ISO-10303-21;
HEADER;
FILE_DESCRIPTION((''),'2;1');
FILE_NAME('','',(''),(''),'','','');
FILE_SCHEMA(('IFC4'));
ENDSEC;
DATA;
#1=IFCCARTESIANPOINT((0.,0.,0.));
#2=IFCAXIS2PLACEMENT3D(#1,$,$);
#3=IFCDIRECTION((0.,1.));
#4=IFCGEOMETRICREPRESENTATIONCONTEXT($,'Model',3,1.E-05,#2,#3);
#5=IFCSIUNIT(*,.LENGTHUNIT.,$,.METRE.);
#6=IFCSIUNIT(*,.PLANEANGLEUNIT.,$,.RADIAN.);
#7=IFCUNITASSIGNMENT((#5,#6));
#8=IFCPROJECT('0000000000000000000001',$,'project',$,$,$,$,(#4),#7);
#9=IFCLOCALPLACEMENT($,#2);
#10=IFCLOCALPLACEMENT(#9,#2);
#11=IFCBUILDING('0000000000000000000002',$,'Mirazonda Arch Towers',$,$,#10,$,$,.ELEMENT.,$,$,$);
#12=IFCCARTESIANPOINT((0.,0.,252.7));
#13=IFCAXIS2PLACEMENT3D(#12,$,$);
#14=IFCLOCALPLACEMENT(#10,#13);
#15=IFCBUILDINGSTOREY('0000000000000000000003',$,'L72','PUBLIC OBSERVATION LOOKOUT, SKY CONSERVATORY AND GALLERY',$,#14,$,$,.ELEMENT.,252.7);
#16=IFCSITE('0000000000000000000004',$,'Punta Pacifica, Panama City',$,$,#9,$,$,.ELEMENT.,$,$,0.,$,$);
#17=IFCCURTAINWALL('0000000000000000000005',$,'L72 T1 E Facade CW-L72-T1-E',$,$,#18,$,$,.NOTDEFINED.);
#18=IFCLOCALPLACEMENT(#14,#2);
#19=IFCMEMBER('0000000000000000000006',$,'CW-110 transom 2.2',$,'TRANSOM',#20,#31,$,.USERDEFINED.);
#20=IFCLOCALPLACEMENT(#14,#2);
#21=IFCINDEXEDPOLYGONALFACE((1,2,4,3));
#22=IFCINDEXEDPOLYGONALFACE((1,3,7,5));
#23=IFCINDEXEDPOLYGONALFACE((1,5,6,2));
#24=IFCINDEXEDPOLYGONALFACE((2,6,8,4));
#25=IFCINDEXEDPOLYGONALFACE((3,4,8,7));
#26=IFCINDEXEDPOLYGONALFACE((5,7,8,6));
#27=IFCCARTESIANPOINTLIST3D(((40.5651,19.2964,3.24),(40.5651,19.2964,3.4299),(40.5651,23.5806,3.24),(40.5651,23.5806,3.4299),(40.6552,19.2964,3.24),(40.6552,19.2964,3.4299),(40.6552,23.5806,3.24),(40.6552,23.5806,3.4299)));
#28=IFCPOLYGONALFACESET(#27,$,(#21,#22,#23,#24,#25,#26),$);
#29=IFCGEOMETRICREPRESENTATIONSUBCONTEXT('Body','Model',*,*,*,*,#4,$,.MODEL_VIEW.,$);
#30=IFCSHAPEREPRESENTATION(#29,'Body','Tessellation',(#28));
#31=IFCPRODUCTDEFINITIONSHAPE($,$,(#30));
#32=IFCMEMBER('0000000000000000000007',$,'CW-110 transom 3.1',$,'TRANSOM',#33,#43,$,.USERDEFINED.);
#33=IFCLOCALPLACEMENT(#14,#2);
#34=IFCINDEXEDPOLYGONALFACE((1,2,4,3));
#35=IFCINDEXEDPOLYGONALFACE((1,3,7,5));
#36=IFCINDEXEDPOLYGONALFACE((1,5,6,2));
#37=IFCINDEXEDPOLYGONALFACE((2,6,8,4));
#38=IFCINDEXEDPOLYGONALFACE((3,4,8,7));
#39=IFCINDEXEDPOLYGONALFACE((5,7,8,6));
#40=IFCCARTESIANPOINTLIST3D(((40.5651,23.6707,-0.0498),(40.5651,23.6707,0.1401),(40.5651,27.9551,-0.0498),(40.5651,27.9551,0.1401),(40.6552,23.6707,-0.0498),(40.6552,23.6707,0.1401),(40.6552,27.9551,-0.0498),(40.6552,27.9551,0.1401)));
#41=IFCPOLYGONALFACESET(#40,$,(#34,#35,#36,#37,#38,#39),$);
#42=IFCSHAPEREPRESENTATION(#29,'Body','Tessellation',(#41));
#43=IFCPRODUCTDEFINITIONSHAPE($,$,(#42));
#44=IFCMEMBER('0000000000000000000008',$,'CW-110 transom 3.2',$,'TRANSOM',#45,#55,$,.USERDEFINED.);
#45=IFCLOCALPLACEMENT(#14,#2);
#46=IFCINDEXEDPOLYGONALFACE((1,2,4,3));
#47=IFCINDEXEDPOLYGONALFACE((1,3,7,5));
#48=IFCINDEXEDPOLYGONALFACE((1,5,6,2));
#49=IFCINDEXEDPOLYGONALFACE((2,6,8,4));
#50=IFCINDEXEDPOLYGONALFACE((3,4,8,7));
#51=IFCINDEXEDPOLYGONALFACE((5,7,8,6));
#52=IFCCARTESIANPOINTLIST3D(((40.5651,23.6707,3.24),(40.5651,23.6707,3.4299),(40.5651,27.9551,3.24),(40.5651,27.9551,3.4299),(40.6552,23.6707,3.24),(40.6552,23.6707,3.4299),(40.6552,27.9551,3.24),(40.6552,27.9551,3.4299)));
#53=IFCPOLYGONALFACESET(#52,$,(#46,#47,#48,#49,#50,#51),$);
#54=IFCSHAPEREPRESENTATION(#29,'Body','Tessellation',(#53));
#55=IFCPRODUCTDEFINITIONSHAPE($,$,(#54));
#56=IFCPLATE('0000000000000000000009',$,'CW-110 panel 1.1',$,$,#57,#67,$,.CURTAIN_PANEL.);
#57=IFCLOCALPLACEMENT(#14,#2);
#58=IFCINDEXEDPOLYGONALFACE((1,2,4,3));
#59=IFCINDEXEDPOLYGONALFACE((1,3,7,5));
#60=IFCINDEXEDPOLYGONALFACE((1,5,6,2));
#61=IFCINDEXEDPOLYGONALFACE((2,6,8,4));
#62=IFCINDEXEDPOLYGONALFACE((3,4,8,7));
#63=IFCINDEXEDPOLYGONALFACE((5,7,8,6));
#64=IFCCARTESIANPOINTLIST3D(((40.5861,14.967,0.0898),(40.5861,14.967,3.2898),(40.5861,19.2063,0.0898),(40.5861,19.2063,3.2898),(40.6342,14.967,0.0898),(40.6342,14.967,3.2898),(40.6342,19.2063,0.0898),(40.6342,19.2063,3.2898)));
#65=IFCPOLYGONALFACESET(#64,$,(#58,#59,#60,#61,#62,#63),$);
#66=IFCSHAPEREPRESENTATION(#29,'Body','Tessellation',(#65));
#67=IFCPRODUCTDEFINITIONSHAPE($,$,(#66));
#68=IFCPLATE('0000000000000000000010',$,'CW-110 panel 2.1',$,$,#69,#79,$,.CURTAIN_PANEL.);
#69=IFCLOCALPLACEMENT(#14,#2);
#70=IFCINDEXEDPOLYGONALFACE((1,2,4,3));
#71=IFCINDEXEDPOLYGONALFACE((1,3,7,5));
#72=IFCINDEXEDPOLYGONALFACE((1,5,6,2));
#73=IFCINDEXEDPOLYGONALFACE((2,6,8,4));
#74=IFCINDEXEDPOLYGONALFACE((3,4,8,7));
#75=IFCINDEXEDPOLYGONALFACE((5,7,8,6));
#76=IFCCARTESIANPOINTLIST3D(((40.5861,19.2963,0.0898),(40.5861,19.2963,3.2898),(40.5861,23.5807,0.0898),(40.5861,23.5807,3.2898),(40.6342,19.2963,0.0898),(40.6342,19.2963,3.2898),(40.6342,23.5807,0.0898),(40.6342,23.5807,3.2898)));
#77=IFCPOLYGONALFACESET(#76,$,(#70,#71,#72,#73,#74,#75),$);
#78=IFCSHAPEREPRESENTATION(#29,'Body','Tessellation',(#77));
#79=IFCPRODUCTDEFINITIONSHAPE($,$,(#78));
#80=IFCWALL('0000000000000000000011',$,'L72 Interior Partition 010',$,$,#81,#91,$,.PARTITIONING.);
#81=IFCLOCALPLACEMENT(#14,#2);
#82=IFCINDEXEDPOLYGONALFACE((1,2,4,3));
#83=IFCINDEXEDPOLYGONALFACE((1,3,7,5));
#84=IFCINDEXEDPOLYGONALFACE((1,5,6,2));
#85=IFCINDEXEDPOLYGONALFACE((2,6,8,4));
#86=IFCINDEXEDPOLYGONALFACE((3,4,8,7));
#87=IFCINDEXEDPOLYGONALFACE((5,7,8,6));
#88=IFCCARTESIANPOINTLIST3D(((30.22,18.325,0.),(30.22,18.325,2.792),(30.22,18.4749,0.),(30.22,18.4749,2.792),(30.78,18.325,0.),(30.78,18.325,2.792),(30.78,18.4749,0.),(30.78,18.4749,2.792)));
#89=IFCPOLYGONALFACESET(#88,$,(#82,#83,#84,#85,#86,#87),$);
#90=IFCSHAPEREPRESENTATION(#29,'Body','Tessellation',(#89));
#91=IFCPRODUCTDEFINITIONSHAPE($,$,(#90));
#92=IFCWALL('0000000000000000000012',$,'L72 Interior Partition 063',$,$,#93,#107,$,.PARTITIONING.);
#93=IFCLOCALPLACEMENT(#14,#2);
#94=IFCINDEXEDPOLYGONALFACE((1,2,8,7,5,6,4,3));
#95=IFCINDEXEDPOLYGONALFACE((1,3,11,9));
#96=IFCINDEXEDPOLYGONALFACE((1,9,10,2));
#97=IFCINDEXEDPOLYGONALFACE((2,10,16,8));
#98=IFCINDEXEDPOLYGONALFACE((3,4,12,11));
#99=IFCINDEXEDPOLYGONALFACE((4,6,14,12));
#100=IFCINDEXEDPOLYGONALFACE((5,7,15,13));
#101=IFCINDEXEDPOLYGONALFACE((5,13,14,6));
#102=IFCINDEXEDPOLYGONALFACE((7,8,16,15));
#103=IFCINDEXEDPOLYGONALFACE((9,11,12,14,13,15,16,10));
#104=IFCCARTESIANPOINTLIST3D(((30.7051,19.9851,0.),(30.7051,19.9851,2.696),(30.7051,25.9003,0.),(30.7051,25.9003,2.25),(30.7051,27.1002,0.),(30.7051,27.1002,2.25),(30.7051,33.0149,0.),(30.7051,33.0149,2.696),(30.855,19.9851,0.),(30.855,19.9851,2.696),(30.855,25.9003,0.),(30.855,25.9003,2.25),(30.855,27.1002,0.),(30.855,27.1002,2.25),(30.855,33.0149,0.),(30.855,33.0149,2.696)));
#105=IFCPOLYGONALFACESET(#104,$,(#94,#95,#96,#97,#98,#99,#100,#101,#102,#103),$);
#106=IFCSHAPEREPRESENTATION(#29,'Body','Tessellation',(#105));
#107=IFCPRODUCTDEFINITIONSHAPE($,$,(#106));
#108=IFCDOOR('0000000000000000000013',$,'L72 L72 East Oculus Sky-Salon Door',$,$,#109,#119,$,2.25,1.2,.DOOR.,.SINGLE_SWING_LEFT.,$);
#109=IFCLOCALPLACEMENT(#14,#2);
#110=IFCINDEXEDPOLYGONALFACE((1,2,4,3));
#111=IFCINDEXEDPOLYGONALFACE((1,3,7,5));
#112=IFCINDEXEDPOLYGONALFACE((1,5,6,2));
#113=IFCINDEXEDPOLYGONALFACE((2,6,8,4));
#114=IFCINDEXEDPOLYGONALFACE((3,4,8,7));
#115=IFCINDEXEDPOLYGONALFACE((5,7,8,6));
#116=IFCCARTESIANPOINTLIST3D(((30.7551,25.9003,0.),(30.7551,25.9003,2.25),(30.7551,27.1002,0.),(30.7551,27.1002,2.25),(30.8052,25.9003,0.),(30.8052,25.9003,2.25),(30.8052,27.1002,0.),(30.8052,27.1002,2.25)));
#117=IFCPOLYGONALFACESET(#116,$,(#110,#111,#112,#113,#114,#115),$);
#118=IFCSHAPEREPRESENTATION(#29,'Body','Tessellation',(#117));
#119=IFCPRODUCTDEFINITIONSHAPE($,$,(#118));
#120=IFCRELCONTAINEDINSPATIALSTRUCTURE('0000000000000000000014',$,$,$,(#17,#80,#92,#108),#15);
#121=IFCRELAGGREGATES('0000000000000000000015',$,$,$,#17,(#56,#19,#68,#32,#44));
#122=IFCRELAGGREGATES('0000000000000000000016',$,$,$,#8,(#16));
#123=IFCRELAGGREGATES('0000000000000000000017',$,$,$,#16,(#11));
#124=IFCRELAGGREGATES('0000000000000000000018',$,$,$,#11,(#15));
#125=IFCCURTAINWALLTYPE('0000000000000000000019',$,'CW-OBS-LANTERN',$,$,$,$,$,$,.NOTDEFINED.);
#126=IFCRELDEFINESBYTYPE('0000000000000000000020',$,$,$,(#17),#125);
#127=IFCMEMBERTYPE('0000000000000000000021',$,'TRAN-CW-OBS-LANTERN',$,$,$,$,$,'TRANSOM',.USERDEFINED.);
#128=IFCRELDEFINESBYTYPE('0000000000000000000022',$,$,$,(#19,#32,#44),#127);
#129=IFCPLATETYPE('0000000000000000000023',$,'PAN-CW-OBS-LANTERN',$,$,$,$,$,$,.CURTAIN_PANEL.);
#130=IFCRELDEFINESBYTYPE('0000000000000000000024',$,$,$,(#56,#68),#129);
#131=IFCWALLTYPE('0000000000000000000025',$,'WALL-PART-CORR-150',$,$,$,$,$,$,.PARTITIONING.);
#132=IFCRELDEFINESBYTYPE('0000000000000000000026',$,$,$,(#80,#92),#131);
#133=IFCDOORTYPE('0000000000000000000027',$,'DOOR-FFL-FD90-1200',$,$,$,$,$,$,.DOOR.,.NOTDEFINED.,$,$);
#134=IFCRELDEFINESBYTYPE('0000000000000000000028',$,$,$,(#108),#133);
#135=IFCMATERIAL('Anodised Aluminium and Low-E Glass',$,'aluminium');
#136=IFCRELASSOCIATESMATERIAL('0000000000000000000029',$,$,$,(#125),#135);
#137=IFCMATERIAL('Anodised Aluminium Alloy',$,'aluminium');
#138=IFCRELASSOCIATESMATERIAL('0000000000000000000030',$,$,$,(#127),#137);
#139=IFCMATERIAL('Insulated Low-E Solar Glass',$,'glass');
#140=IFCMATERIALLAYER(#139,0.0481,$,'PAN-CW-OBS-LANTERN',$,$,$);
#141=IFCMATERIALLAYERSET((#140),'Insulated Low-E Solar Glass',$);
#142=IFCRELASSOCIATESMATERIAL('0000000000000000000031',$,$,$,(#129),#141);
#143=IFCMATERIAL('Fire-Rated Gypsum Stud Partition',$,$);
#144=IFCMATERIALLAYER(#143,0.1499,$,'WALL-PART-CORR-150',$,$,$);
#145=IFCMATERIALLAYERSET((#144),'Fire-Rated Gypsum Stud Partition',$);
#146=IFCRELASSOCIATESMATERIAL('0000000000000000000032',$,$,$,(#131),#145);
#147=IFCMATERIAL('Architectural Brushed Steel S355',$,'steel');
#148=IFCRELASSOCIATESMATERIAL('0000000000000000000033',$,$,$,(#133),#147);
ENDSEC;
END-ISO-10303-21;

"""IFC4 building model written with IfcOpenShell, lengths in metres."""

from ifc_helpers import new_model, si_unit, direction, frame, frame_2d, origin, origin_2d, place, context, subcontext, project, spatial, rectangle, extrude, material, layer, layer_set, material_profile, profile_set, type_object, element, fill, aggregate, save


model = new_model("IFC4")

# Units and contexts
model_context = context("Model", 3, precision=1e-05, world=origin(), true_north=direction((0.0, 1.0)))
body_context = subcontext(model_context, "Body", "Model", "MODEL_VIEW")
ifc_project = project(units=[si_unit("LENGTHUNIT", "METRE"), si_unit("PLANEANGLEUNIT", "RADIAN")], contexts=[model_context])

# Site, building, storey
site_placement = place(None, origin())
site = spatial("IfcSite", under=ifc_project, at=site_placement, Name="Punta Pacifica, Panama City", CompositionType="ELEMENT", RefElevation=0.0)
building_placement = place(site_placement, origin())
building = spatial("IfcBuilding", under=site, at=building_placement, Name="Mirazonda Arch Towers", CompositionType="ELEMENT")
storey_placement = place(building_placement, frame((0.0, 0.0, 252.7)))
storey = spatial("IfcBuildingStorey", under=building, at=storey_placement, Name="L72", Description="PUBLIC OBSERVATION LOOKOUT, SKY CONSERVATORY AND GALLERY", CompositionType="ELEMENT", Elevation=252.7)

# Curtain wall, members, plates
ifc_material_1 = material(Name="Anodised Aluminium and Low-E Glass", Category="aluminium")
curtain_wall_type = type_object("IfcCurtainWallType", Name="CW-OBS-LANTERN", PredefinedType="NOTDEFINED", material=ifc_material_1)
curtain_wall_placement = place(storey_placement, origin())
curtain_wall = element("IfcCurtainWall", 1, at=curtain_wall_placement, inside=storey, type_object=curtain_wall_type, Name="L72 T1 E Facade CW-L72-T1-E", PredefinedType="NOTDEFINED")
ifc_material_2 = material(Name="Anodised Aluminium Alloy", Category="aluminium")
ifc_material_profile_1 = material_profile(ifc_material_2, rectangle(XDim=0.0901, YDim=0.1899, at=origin_2d()), Name="ALU-TRAN-90x190")
ifc_profile_set_1 = profile_set([ifc_material_profile_1], Name="Anodised Aluminium Alloy")
member_type_1 = type_object("IfcMemberType", Name="TRAN-CW-OBS-LANTERN", ElementType="TRANSOM", PredefinedType="USERDEFINED", material=ifc_profile_set_1)
member_1_placement = place(storey_placement, frame((40.6101, 19.2964, 3.335), z_axis=(0.0, 1.0, 0.0), x_axis=(-1.0, 0.0, 0.0)))
member_1 = element("IfcMember", 2, at=member_1_placement, type_object=member_type_1, Name="CW-110 transom 2.2", ObjectType="TRANSOM", PredefinedType="USERDEFINED", context=body_context, shape_type="SweptSolid", body=[
    extrude(rectangle(XDim=0.0901, YDim=0.1899, at=origin_2d()), origin(), (0.0, 0.0, 1.0), 4.2842),
])
member_2_placement = place(storey_placement, frame((40.6101, 23.6707, 0.0452), z_axis=(0.0, 1.0, 0.0), x_axis=(-1.0, 0.0, 0.0)))
member_2 = element("IfcMember", 3, at=member_2_placement, type_object=member_type_1, Name="CW-110 transom 3.1", ObjectType="TRANSOM", PredefinedType="USERDEFINED", context=body_context, shape_type="SweptSolid", body=[
    extrude(rectangle(XDim=0.0901, YDim=0.1899, at=origin_2d()), origin(), (0.0, 0.0, 1.0), 4.2844),
])
member_3_placement = place(storey_placement, frame((40.6101, 23.6707, 3.335), z_axis=(0.0, 1.0, 0.0), x_axis=(-1.0, 0.0, 0.0)))
member_3 = element("IfcMember", 4, at=member_3_placement, type_object=member_type_1, Name="CW-110 transom 3.2", ObjectType="TRANSOM", PredefinedType="USERDEFINED", context=body_context, shape_type="SweptSolid", body=[
    extrude(rectangle(XDim=0.0901, YDim=0.1899, at=origin_2d()), origin(), (0.0, 0.0, 1.0), 4.2844),
])
ifc_material_3 = material(Name="Insulated Low-E Solar Glass", Category="glass")
ifc_layer_1 = layer(ifc_material_3, 0.0481, Name="PAN-CW-OBS-LANTERN")
ifc_layer_set_1 = layer_set([ifc_layer_1], Name="Insulated Low-E Solar Glass")
plate_type = type_object("IfcPlateType", Name="PAN-CW-OBS-LANTERN", PredefinedType="CURTAIN_PANEL", material=ifc_layer_set_1)
plate_1_placement = place(storey_placement, frame((40.6101, 17.0867, 0.0898), z_axis=(0.0, 0.0, 1.0), x_axis=(0.0, 1.0, 0.0)))
plate_1 = element("IfcPlate", 5, at=plate_1_placement, type_object=plate_type, Name="CW-110 panel 1.1", PredefinedType="CURTAIN_PANEL", context=body_context, shape_type="SweptSolid", body=[
    extrude(rectangle(XDim=4.2393, YDim=0.0481, at=origin_2d()), origin(), (0.0, 0.0, 1.0), 3.2),
])
plate_2_placement = place(storey_placement, frame((40.6101, 21.4385, 0.0898), z_axis=(0.0, 0.0, 1.0), x_axis=(0.0, 1.0, 0.0)))
plate_2 = element("IfcPlate", 6, at=plate_2_placement, type_object=plate_type, Name="CW-110 panel 2.1", PredefinedType="CURTAIN_PANEL", context=body_context, shape_type="SweptSolid", body=[
    extrude(rectangle(XDim=4.2844, YDim=0.0481, at=origin_2d()), origin(), (0.0, 0.0, 1.0), 3.2),
])
aggregate(curtain_wall, [plate_1, member_1, plate_2, member_2, member_3])

# Wall
ifc_material_4 = material(Name="Fire-Rated Gypsum Stud Partition")
ifc_layer_2 = layer(ifc_material_4, 0.1499, Name="WALL-PART-CORR-150")
ifc_layer_set_2 = layer_set([ifc_layer_2], Name="Fire-Rated Gypsum Stud Partition")
wall_type = type_object("IfcWallType", Name="WALL-PART-CORR-150", PredefinedType="PARTITIONING", material=ifc_layer_set_2)
wall_1_placement = place(storey_placement, frame((30.22, 18.3999, 0.0), z_axis=(0.0, 0.0, 1.0), x_axis=(1.0, 0.0, 0.0)))
element("IfcWall", 7, at=wall_1_placement, inside=storey, type_object=wall_type, Name="L72 Interior Partition 010", PredefinedType="PARTITIONING", context=body_context, shape_type="SweptSolid", body=[
    extrude(rectangle(XDim=0.5601, YDim=0.1499, at=frame_2d((0.28, 0.0))), origin(), (0.0, 0.0, 1.0), 2.792),
])

# Wall, opening, door
wall_2_placement = place(storey_placement, frame((30.78, 19.9851, 0.0), z_axis=(0.0, 0.0, 1.0), x_axis=(0.0, 1.0, 0.0)))
wall_2 = element("IfcWall", 8, at=wall_2_placement, inside=storey, type_object=wall_type, Name="L72 Interior Partition 063", PredefinedType="PARTITIONING", context=body_context, shape_type="SweptSolid", body=[
    extrude(rectangle(XDim=13.0298, YDim=0.1499, at=frame_2d((6.5149, 0.0))), origin(), (0.0, 0.0, 1.0), 2.696),
])
opening_placement = place(wall_2_placement, frame((5.915, 0.0, 0.0)))
opening = element("IfcOpeningElement", 9, at=opening_placement, cuts=wall_2, PredefinedType="OPENING", context=body_context, shape_type="SweptSolid", body=[
    extrude(rectangle(XDim=1.2, YDim=2.25, at=frame_2d((0.6001, 1.125))), frame((0.0, 0.085, 0.0), z_axis=(0.0, -1.0, 0.0), x_axis=(1.0, 0.0, 0.0)), (0.0, 0.0, 1.0), 0.1699),
])
ifc_material_5 = material(Name="Architectural Brushed Steel S355", Category="steel")
door_type = type_object("IfcDoorType", Name="DOOR-FFL-FD90-1200", OperationType="NOTDEFINED", PredefinedType="DOOR", material=ifc_material_5)
door_placement = place(opening_placement, origin())
door = element("IfcDoor", 10, at=door_placement, inside=storey, type_object=door_type, Name="L72 L72 East Oculus Sky-Salon Door", OperationType="SINGLE_SWING_LEFT", OverallHeight=2.25, OverallWidth=1.2, PredefinedType="DOOR", context=body_context, shape_type="SweptSolid", body=[
    extrude(rectangle(XDim=1.2, YDim=2.25, at=frame_2d((0.6001, 1.125))), frame((0.0, 0.0249, 0.0), z_axis=(0.0, -1.0, 0.0), x_axis=(1.0, 0.0, 0.0)), (0.0, 0.0, 1.0), 0.05),
])
fill(opening, door)

save(model, "model.ifc")
